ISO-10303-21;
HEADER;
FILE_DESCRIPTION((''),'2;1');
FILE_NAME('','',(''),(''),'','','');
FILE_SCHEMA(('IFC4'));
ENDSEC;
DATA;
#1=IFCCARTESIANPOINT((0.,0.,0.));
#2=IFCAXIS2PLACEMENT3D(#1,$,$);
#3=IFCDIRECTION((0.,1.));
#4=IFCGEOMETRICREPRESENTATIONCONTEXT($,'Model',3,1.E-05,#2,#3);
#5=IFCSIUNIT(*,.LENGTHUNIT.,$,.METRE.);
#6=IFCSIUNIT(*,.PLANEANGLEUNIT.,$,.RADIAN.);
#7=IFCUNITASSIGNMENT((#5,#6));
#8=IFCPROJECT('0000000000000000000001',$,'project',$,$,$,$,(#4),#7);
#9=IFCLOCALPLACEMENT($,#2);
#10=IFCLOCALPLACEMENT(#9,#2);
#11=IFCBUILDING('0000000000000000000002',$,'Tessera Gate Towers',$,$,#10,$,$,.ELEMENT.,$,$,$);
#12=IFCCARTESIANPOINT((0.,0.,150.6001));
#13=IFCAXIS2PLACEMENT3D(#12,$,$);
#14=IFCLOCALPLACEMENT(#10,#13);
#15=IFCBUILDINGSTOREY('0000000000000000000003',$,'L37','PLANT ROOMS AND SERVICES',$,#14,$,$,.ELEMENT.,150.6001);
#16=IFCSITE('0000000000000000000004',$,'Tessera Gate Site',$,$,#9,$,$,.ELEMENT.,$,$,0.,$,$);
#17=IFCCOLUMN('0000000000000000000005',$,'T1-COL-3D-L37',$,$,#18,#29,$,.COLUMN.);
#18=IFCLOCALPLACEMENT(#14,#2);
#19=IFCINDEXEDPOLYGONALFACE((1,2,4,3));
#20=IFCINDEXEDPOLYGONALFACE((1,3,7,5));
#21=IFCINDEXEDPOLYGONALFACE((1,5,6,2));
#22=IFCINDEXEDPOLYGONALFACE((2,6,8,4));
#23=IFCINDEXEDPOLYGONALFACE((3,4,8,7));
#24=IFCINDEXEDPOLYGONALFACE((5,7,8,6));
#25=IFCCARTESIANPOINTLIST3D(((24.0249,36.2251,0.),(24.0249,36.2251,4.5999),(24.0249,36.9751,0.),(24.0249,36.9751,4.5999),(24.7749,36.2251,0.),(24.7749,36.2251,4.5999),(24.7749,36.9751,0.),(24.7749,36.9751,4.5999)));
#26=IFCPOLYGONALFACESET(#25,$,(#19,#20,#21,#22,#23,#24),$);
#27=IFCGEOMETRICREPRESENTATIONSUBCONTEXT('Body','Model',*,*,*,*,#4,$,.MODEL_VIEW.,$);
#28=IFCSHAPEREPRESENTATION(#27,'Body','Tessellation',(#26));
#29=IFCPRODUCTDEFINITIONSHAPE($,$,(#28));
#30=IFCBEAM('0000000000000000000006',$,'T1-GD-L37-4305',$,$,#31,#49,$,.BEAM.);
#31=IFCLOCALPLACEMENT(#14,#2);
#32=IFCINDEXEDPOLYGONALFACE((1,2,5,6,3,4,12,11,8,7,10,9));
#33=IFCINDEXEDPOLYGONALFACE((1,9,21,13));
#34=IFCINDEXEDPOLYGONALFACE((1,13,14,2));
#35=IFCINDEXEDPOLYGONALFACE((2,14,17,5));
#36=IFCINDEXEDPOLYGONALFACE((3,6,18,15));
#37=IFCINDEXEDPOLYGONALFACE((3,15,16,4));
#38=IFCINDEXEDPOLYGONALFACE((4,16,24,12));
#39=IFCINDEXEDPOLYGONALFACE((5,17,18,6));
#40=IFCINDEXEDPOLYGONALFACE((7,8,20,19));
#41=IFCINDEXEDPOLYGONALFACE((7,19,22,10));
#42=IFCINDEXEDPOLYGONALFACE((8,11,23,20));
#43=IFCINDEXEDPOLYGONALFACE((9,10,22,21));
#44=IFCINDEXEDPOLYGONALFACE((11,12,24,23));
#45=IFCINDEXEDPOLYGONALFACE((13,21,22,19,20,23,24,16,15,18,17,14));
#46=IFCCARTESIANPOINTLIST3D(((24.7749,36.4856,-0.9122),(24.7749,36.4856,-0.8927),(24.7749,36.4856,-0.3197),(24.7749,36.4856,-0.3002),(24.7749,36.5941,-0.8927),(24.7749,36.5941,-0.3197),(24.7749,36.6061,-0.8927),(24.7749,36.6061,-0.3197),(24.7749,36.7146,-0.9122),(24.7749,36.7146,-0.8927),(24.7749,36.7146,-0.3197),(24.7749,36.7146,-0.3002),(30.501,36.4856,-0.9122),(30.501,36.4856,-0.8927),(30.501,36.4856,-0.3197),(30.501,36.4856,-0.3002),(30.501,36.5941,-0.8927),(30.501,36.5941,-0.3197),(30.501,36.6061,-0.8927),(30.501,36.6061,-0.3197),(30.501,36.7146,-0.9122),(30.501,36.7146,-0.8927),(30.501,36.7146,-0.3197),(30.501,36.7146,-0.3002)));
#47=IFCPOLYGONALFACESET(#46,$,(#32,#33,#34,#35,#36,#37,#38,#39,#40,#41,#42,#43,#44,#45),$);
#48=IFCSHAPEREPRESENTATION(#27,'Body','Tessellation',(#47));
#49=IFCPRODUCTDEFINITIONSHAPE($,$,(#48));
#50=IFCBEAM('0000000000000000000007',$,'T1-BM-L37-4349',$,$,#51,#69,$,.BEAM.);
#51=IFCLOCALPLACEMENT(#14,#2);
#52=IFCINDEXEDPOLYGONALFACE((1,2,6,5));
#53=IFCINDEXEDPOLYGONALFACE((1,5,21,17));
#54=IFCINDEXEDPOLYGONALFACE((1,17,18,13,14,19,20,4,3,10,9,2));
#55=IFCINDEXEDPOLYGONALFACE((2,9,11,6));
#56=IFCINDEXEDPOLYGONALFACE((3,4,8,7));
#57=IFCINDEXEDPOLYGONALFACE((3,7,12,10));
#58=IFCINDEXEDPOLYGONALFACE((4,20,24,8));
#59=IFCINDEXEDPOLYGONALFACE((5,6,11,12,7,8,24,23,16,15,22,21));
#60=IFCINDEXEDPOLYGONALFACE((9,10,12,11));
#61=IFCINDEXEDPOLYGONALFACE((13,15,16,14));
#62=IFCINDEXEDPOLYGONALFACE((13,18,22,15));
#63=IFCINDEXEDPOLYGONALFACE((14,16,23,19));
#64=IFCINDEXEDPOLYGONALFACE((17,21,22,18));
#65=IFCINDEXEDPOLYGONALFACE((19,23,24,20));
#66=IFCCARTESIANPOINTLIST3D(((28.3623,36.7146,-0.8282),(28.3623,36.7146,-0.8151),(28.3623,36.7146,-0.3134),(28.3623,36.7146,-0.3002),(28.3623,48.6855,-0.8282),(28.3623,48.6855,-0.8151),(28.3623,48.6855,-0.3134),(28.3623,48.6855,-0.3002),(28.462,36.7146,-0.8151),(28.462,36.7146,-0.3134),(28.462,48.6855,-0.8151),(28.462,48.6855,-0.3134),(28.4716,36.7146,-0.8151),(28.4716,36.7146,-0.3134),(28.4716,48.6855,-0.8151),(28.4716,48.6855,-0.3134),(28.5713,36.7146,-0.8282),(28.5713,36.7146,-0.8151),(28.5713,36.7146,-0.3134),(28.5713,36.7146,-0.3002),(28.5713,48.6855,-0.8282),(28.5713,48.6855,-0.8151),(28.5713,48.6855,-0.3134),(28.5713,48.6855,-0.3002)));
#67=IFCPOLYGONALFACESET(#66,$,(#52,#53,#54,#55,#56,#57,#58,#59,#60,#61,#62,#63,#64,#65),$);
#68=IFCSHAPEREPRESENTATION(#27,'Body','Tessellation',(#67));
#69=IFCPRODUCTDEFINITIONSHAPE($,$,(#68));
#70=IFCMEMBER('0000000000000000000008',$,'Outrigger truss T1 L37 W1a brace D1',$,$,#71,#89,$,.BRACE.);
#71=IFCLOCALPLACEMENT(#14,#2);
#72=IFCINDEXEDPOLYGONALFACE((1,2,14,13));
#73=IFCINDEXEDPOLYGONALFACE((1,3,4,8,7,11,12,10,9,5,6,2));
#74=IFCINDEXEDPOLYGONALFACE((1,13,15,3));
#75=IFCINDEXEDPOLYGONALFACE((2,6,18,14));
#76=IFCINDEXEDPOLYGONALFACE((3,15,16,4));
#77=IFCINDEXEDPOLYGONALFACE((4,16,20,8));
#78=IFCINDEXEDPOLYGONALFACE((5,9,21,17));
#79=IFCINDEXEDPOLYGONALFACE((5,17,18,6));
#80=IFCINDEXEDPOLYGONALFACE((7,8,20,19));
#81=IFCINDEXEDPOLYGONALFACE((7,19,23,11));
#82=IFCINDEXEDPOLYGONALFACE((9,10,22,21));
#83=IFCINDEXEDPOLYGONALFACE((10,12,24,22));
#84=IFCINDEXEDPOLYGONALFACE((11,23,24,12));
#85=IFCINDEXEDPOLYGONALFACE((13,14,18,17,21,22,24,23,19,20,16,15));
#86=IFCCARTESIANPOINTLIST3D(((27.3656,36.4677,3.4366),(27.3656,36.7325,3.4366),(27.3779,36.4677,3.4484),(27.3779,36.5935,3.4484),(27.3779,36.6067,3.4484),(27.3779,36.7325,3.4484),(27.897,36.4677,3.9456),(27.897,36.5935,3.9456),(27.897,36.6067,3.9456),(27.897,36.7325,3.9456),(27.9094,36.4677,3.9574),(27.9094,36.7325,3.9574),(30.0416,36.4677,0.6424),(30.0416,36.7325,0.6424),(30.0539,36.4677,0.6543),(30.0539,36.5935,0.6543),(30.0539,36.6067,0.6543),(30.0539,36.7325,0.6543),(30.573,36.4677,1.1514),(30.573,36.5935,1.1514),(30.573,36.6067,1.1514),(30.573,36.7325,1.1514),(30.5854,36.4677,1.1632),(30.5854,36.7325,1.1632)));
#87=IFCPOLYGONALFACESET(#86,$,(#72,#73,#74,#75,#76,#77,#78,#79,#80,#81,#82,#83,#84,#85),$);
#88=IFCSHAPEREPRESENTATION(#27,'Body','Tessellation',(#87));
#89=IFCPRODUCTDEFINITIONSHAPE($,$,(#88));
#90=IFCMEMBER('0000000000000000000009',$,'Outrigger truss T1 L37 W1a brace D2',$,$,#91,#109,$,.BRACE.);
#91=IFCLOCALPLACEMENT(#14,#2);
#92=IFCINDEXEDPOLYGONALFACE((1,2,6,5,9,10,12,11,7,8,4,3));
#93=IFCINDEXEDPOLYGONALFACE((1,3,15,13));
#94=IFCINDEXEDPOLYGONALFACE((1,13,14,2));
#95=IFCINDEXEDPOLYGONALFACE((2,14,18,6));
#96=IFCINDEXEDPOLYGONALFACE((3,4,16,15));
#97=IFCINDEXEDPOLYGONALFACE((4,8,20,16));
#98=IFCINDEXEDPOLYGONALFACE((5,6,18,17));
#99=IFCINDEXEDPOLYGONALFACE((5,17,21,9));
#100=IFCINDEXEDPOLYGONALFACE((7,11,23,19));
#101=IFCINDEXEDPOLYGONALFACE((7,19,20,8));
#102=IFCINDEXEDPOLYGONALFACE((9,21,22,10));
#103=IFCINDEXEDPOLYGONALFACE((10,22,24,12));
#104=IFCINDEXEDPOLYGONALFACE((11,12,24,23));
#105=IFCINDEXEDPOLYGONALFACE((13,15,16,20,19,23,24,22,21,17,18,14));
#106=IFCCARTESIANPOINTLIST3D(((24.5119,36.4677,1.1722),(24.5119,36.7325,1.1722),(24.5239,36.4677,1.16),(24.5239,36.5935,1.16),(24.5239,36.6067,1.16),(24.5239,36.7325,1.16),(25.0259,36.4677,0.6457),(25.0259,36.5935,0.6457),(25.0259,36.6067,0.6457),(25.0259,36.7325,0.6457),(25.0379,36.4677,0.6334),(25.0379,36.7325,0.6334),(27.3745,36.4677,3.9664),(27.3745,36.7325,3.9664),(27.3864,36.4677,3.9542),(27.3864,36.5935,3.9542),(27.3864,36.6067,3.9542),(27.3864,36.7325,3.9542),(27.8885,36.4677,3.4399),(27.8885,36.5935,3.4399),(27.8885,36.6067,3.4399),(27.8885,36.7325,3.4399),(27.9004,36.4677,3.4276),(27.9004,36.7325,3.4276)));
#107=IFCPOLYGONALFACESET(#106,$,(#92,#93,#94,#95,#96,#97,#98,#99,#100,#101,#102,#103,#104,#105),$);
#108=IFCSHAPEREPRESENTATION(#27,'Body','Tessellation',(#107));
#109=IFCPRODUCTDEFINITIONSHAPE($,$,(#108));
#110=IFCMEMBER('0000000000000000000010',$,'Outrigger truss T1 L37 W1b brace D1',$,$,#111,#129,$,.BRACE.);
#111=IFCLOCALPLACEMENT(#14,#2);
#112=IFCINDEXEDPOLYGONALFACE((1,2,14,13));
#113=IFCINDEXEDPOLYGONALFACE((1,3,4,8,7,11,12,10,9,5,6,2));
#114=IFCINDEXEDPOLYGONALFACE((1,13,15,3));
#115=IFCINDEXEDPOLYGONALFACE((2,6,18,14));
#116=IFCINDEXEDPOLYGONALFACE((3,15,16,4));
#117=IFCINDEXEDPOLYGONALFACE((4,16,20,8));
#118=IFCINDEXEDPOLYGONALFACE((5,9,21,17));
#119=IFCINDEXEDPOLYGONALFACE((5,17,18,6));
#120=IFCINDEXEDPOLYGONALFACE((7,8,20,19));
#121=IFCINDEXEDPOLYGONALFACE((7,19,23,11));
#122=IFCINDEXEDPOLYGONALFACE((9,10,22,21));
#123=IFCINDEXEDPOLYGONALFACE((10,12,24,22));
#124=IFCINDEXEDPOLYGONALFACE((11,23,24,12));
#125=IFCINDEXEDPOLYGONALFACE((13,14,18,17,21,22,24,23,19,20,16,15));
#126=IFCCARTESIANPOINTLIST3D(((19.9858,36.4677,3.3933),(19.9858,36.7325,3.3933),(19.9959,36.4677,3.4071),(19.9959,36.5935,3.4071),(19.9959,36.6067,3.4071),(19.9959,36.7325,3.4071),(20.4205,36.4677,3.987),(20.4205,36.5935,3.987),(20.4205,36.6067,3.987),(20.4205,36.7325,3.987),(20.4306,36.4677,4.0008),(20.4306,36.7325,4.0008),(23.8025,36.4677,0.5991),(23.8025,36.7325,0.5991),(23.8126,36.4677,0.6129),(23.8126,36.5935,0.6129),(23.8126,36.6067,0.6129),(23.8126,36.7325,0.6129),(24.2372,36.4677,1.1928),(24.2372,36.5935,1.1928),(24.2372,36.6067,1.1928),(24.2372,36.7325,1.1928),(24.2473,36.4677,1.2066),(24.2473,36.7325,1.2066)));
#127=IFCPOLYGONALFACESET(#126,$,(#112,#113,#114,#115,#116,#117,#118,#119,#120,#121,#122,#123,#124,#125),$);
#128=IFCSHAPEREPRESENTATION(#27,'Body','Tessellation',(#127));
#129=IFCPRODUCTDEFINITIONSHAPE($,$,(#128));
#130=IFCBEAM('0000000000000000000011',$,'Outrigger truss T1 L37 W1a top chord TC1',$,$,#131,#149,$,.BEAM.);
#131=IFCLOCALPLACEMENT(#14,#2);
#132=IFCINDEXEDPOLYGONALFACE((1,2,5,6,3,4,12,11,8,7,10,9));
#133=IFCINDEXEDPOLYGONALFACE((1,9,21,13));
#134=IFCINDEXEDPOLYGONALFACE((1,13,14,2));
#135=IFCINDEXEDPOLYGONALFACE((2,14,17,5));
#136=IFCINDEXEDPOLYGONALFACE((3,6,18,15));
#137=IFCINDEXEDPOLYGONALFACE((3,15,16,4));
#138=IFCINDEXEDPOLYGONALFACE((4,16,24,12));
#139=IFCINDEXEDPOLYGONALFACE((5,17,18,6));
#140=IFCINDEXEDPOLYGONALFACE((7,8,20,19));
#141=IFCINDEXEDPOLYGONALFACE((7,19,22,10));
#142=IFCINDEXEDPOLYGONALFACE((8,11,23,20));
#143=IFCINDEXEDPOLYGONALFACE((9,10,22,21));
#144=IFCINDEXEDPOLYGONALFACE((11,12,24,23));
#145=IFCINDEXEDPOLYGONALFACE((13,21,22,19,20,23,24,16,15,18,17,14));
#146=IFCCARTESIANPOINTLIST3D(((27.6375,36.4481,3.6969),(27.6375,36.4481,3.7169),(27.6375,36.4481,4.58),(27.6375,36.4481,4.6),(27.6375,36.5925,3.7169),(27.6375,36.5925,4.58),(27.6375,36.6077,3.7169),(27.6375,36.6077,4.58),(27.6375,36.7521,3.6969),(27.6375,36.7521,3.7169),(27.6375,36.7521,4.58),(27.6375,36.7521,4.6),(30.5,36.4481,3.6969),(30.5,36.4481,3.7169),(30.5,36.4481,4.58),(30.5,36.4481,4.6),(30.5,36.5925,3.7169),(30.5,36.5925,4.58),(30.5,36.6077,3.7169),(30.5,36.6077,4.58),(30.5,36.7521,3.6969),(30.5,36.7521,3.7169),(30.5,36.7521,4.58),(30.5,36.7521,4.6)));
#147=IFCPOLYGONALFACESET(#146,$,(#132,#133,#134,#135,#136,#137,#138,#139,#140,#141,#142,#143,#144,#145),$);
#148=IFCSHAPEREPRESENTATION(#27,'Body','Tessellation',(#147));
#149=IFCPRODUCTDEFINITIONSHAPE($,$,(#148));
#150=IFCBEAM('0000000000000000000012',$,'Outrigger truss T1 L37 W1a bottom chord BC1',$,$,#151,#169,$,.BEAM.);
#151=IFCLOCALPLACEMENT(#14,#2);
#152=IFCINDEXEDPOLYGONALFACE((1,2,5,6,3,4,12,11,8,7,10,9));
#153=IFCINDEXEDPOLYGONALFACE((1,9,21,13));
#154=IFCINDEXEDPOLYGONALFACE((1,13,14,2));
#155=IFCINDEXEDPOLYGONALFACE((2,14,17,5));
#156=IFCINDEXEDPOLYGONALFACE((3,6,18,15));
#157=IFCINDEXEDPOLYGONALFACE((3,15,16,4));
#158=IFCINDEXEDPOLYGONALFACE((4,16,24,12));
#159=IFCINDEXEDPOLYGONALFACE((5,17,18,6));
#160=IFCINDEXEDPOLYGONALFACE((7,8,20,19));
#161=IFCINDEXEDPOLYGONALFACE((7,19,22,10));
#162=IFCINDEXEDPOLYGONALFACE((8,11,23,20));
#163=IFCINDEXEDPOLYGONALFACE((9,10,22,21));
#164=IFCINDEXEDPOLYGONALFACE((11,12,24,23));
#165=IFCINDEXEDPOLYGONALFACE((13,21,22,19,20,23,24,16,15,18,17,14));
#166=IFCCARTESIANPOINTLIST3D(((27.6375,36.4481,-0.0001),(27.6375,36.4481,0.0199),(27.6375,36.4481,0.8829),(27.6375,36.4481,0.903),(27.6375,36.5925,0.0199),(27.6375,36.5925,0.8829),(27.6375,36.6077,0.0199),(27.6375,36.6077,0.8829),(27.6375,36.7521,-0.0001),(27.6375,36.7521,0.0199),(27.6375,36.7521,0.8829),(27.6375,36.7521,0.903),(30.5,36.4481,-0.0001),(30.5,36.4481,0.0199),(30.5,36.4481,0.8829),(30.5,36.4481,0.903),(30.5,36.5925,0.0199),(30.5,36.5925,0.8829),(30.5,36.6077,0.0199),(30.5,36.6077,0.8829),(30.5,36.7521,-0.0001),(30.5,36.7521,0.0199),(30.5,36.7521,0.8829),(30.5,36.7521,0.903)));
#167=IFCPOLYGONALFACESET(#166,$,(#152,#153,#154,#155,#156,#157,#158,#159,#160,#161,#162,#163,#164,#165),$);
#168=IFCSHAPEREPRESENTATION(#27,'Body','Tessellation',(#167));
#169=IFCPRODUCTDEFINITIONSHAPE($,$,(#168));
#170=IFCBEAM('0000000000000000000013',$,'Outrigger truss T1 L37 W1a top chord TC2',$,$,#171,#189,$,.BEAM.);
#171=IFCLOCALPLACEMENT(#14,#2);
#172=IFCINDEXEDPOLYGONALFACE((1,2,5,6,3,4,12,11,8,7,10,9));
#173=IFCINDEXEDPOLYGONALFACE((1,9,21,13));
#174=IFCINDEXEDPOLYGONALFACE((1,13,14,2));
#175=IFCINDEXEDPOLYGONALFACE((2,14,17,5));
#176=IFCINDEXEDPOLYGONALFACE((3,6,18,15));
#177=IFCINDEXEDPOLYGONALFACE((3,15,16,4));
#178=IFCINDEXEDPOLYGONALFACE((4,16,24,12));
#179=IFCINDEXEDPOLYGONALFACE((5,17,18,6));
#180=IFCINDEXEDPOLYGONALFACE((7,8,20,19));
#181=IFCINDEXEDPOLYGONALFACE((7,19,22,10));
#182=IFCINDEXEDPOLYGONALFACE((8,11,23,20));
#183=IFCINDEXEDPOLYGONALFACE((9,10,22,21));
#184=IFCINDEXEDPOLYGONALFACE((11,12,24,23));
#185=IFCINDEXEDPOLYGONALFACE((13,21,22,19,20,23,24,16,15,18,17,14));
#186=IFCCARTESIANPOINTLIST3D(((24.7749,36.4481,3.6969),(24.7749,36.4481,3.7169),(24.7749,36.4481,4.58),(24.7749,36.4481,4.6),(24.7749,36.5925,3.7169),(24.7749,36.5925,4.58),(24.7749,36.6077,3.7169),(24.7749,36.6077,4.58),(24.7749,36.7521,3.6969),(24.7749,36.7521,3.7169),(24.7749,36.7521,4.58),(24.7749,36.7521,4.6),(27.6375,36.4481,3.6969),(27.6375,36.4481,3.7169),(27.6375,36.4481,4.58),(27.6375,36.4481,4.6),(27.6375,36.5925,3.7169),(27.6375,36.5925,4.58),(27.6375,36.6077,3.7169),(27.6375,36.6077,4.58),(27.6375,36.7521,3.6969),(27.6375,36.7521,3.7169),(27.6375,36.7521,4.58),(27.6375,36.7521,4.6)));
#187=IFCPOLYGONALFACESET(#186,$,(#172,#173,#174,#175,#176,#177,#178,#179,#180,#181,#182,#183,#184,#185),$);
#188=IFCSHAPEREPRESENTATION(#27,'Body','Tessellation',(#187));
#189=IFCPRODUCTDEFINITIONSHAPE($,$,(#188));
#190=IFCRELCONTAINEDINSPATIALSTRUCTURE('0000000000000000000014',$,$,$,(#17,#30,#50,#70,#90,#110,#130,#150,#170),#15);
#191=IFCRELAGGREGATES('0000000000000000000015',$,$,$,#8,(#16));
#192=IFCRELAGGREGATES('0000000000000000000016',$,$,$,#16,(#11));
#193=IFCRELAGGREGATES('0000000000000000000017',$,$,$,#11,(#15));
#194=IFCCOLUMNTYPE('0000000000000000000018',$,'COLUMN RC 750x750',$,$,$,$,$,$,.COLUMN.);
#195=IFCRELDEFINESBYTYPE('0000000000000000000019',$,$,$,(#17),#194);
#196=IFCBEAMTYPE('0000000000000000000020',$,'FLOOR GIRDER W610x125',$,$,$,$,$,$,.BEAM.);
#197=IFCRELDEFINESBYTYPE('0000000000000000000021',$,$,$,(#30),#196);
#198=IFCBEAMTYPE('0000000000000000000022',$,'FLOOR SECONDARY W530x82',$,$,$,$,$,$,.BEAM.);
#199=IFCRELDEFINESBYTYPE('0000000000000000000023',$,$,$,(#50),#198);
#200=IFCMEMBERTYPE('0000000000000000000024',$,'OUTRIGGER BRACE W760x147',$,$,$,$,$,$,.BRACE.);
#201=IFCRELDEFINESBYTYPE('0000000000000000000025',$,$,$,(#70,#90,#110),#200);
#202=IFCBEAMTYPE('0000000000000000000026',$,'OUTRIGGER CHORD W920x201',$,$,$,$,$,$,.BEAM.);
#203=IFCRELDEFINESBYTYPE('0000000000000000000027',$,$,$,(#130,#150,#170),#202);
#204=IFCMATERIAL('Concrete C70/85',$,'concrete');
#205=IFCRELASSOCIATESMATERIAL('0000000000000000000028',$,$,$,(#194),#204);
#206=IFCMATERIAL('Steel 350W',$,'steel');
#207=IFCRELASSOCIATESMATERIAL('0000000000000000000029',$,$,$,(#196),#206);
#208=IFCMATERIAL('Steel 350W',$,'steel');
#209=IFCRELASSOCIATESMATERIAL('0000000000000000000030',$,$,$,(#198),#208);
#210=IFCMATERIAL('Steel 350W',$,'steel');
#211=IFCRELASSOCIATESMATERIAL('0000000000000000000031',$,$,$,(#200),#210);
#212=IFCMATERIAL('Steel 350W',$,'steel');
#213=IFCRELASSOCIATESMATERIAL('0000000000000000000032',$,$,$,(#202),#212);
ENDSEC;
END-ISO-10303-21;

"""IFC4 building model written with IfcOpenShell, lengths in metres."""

from ifc_helpers import new_model, si_unit, direction, frame, origin, origin_2d, place, context, subcontext, project, spatial, rectangle, i_section, extrude, material, material_profile, profile_set, type_object, element, save


model = new_model("IFC4")

# Units and contexts
model_context = context("Model", 3, precision=1e-05, world=origin(), true_north=direction((0.0, 1.0)))
body_context = subcontext(model_context, "Body", "Model", "MODEL_VIEW")
ifc_project = project(units=[si_unit("LENGTHUNIT", "METRE"), si_unit("PLANEANGLEUNIT", "RADIAN")], contexts=[model_context])

# Site, building, storey
site_placement = place(None, origin())
site = spatial("IfcSite", under=ifc_project, at=site_placement, Name="Tessera Gate Site", CompositionType="ELEMENT", RefElevation=0.0)
building_placement = place(site_placement, origin())
building = spatial("IfcBuilding", under=site, at=building_placement, Name="Tessera Gate Towers", CompositionType="ELEMENT")
storey_placement = place(building_placement, frame((0.0, 0.0, 150.6001)))
storey = spatial("IfcBuildingStorey", under=building, at=storey_placement, Name="L37", Description="PLANT ROOMS AND SERVICES", CompositionType="ELEMENT", Elevation=150.6001)

# Column
ifc_material_1 = material(Name="Concrete C70/85", Category="concrete")
ifc_material_profile_1 = material_profile(ifc_material_1, rectangle(XDim=0.75, YDim=0.75, at=origin_2d()), Name="RC 750x750")
ifc_profile_set_1 = profile_set([ifc_material_profile_1], Name="Concrete C70/85")
column_type = type_object("IfcColumnType", Name="COLUMN RC 750x750", PredefinedType="COLUMN", material=ifc_profile_set_1)
column_placement = place(storey_placement, frame((24.3999, 36.6001, 0.0), z_axis=(0.0, 0.0, 1.0), x_axis=(1.0, 0.0, 0.0)))
element("IfcColumn", 1, at=column_placement, inside=storey, type_object=column_type, Name="T1-COL-3D-L37", PredefinedType="COLUMN", context=body_context, shape_type="SweptSolid", body=[
    extrude(rectangle(XDim=0.75, YDim=0.75, at=origin_2d()), origin(), (0.0, 0.0, 1.0), 4.5999),
])

# Beams
ifc_material_2 = material(Name="Steel 350W", Category="steel")
ifc_material_profile_2 = material_profile(ifc_material_2, i_section(OverallWidth=0.229, OverallDepth=0.6121, WebThickness=0.012, FlangeThickness=0.0195, at=origin_2d()), Name="W610x125")
ifc_profile_set_2 = profile_set([ifc_material_profile_2], Name="Steel 350W")
beam_type_1 = type_object("IfcBeamType", Name="FLOOR GIRDER W610x125", PredefinedType="BEAM", material=ifc_profile_set_2)
beam_1_placement = place(storey_placement, frame((24.7749, 36.6001, -0.6062), z_axis=(1.0, 0.0, 0.0), x_axis=(0.0, 1.0, 0.0)))
element("IfcBeam", 2, at=beam_1_placement, inside=storey, type_object=beam_type_1, Name="T1-GD-L37-4305", PredefinedType="BEAM", context=body_context, shape_type="SweptSolid", body=[
    extrude(i_section(OverallWidth=0.229, OverallDepth=0.6121, WebThickness=0.012, FlangeThickness=0.0195, at=origin_2d()), origin(), (0.0, 0.0, 1.0), 5.7261),
])
ifc_material_3 = material(Name="Steel 350W", Category="steel")
ifc_material_profile_3 = material_profile(ifc_material_3, i_section(OverallWidth=0.209, OverallDepth=0.5281, WebThickness=0.0095, FlangeThickness=0.0132, at=origin_2d()), Name="W530x82")
ifc_profile_set_3 = profile_set([ifc_material_profile_3], Name="Steel 350W")
beam_type_2 = type_object("IfcBeamType", Name="FLOOR SECONDARY W530x82", PredefinedType="BEAM", material=ifc_profile_set_3)
beam_2_placement = place(storey_placement, frame((28.4668, 36.7146, -0.5642), z_axis=(0.0, 1.0, 0.0), x_axis=(-1.0, 0.0, 0.0)))
element("IfcBeam", 3, at=beam_2_placement, inside=storey, type_object=beam_type_2, Name="T1-BM-L37-4349", PredefinedType="BEAM", context=body_context, shape_type="SweptSolid", body=[
    extrude(i_section(OverallWidth=0.209, OverallDepth=0.5281, WebThickness=0.0095, FlangeThickness=0.0132, at=origin_2d()), origin(), (0.0, 0.0, 1.0), 11.9709),
])

# Members
ifc_material_4 = material(Name="Steel 350W", Category="steel")
ifc_material_profile_4 = material_profile(ifc_material_4, i_section(OverallWidth=0.2649, OverallDepth=0.7529, WebThickness=0.0132, FlangeThickness=0.0171, at=origin_2d()), Name="W760x147")
ifc_profile_set_4 = profile_set([ifc_material_profile_4], Name="Steel 350W")
member_type_1 = type_object("IfcMemberType", Name="OUTRIGGER BRACE W760x147", PredefinedType="BRACE", material=ifc_profile_set_4)
member_1_placement = place(storey_placement, frame((30.3135, 36.6001, 0.9028), z_axis=(-0.691671, 0.0, 0.722213), x_axis=(0.0, -1.0, 0.0)))
element("IfcMember", 4, at=member_1_placement, inside=storey, type_object=member_type_1, Name="Outrigger truss T1 L37 W1a brace D1", PredefinedType="BRACE", context=body_context, shape_type="SweptSolid", body=[
    extrude(i_section(OverallWidth=0.2649, OverallDepth=0.7529, WebThickness=0.0132, FlangeThickness=0.0171, at=origin_2d()), origin(), (0.0, 0.0, 1.0), 3.8689),
])
member_2_placement = place(storey_placement, frame((24.7749, 36.6001, 0.9028), z_axis=(0.7156, 0.0, 0.698511), x_axis=(0.0, 1.0, 0.0)))
element("IfcMember", 5, at=member_2_placement, inside=storey, type_object=member_type_1, Name="Outrigger truss T1 L37 W1a brace D2", PredefinedType="BRACE", context=body_context, shape_type="SweptSolid", body=[
    extrude(i_section(OverallWidth=0.2649, OverallDepth=0.7529, WebThickness=0.0132, FlangeThickness=0.0171, at=origin_2d()), origin(), (0.0, 0.0, 1.0), 4.0002),
])
member_3_placement = place(storey_placement, frame((24.0249, 36.6001, 0.9028), z_axis=(-0.806877, 0.0, 0.590719), x_axis=(0.0, -1.0, 0.0)))
element("IfcMember", 6, at=member_3_placement, inside=storey, type_object=member_type_1, Name="Outrigger truss T1 L37 W1b brace D1", PredefinedType="BRACE", context=body_context, shape_type="SweptSolid", body=[
    extrude(i_section(OverallWidth=0.2649, OverallDepth=0.7529, WebThickness=0.0132, FlangeThickness=0.0171, at=origin_2d()), origin(), (0.0, 0.0, 1.0), 4.7302),
])

# Beams
ifc_material_5 = material(Name="Steel 350W", Category="steel")
ifc_material_profile_5 = material_profile(ifc_material_5, i_section(OverallWidth=0.304, OverallDepth=0.9031, WebThickness=0.0151, FlangeThickness=0.02, at=origin_2d()), Name="W920x201")
ifc_profile_set_5 = profile_set([ifc_material_profile_5], Name="Steel 350W")
beam_type_3 = type_object("IfcBeamType", Name="OUTRIGGER CHORD W920x201", PredefinedType="BEAM", material=ifc_profile_set_5)
for number, where, z_axis, x_axis, name in (
    (7, (30.5, 36.6001, 4.1484), (-1.0, 0.0, 0.0), (0.0, -1.0, 0.0), "Outrigger truss T1 L37 W1a top chord TC1"),
    (8, (30.5, 36.6001, 0.4514), (-1.0, 0.0, 0.0), (0.0, -1.0, 0.0), "Outrigger truss T1 L37 W1a bottom chord BC1"),
    (9, (27.6375, 36.6001, 4.1484), (-1.0, 0.0, 0.0), (0.0, -1.0, 0.0), "Outrigger truss T1 L37 W1a top chord TC2"),
):
    element("IfcBeam", number, at=place(storey_placement, frame(where, z_axis=z_axis, x_axis=x_axis)), inside=storey, type_object=beam_type_3, Name=name, PredefinedType="BEAM", context=body_context, shape_type="SweptSolid", body=[
        extrude(i_section(OverallWidth=0.304, OverallDepth=0.9031, WebThickness=0.0151, FlangeThickness=0.02, at=origin_2d()), origin(), (0.0, 0.0, 1.0), 2.8625),
    ])

save(model, "model.ifc")
